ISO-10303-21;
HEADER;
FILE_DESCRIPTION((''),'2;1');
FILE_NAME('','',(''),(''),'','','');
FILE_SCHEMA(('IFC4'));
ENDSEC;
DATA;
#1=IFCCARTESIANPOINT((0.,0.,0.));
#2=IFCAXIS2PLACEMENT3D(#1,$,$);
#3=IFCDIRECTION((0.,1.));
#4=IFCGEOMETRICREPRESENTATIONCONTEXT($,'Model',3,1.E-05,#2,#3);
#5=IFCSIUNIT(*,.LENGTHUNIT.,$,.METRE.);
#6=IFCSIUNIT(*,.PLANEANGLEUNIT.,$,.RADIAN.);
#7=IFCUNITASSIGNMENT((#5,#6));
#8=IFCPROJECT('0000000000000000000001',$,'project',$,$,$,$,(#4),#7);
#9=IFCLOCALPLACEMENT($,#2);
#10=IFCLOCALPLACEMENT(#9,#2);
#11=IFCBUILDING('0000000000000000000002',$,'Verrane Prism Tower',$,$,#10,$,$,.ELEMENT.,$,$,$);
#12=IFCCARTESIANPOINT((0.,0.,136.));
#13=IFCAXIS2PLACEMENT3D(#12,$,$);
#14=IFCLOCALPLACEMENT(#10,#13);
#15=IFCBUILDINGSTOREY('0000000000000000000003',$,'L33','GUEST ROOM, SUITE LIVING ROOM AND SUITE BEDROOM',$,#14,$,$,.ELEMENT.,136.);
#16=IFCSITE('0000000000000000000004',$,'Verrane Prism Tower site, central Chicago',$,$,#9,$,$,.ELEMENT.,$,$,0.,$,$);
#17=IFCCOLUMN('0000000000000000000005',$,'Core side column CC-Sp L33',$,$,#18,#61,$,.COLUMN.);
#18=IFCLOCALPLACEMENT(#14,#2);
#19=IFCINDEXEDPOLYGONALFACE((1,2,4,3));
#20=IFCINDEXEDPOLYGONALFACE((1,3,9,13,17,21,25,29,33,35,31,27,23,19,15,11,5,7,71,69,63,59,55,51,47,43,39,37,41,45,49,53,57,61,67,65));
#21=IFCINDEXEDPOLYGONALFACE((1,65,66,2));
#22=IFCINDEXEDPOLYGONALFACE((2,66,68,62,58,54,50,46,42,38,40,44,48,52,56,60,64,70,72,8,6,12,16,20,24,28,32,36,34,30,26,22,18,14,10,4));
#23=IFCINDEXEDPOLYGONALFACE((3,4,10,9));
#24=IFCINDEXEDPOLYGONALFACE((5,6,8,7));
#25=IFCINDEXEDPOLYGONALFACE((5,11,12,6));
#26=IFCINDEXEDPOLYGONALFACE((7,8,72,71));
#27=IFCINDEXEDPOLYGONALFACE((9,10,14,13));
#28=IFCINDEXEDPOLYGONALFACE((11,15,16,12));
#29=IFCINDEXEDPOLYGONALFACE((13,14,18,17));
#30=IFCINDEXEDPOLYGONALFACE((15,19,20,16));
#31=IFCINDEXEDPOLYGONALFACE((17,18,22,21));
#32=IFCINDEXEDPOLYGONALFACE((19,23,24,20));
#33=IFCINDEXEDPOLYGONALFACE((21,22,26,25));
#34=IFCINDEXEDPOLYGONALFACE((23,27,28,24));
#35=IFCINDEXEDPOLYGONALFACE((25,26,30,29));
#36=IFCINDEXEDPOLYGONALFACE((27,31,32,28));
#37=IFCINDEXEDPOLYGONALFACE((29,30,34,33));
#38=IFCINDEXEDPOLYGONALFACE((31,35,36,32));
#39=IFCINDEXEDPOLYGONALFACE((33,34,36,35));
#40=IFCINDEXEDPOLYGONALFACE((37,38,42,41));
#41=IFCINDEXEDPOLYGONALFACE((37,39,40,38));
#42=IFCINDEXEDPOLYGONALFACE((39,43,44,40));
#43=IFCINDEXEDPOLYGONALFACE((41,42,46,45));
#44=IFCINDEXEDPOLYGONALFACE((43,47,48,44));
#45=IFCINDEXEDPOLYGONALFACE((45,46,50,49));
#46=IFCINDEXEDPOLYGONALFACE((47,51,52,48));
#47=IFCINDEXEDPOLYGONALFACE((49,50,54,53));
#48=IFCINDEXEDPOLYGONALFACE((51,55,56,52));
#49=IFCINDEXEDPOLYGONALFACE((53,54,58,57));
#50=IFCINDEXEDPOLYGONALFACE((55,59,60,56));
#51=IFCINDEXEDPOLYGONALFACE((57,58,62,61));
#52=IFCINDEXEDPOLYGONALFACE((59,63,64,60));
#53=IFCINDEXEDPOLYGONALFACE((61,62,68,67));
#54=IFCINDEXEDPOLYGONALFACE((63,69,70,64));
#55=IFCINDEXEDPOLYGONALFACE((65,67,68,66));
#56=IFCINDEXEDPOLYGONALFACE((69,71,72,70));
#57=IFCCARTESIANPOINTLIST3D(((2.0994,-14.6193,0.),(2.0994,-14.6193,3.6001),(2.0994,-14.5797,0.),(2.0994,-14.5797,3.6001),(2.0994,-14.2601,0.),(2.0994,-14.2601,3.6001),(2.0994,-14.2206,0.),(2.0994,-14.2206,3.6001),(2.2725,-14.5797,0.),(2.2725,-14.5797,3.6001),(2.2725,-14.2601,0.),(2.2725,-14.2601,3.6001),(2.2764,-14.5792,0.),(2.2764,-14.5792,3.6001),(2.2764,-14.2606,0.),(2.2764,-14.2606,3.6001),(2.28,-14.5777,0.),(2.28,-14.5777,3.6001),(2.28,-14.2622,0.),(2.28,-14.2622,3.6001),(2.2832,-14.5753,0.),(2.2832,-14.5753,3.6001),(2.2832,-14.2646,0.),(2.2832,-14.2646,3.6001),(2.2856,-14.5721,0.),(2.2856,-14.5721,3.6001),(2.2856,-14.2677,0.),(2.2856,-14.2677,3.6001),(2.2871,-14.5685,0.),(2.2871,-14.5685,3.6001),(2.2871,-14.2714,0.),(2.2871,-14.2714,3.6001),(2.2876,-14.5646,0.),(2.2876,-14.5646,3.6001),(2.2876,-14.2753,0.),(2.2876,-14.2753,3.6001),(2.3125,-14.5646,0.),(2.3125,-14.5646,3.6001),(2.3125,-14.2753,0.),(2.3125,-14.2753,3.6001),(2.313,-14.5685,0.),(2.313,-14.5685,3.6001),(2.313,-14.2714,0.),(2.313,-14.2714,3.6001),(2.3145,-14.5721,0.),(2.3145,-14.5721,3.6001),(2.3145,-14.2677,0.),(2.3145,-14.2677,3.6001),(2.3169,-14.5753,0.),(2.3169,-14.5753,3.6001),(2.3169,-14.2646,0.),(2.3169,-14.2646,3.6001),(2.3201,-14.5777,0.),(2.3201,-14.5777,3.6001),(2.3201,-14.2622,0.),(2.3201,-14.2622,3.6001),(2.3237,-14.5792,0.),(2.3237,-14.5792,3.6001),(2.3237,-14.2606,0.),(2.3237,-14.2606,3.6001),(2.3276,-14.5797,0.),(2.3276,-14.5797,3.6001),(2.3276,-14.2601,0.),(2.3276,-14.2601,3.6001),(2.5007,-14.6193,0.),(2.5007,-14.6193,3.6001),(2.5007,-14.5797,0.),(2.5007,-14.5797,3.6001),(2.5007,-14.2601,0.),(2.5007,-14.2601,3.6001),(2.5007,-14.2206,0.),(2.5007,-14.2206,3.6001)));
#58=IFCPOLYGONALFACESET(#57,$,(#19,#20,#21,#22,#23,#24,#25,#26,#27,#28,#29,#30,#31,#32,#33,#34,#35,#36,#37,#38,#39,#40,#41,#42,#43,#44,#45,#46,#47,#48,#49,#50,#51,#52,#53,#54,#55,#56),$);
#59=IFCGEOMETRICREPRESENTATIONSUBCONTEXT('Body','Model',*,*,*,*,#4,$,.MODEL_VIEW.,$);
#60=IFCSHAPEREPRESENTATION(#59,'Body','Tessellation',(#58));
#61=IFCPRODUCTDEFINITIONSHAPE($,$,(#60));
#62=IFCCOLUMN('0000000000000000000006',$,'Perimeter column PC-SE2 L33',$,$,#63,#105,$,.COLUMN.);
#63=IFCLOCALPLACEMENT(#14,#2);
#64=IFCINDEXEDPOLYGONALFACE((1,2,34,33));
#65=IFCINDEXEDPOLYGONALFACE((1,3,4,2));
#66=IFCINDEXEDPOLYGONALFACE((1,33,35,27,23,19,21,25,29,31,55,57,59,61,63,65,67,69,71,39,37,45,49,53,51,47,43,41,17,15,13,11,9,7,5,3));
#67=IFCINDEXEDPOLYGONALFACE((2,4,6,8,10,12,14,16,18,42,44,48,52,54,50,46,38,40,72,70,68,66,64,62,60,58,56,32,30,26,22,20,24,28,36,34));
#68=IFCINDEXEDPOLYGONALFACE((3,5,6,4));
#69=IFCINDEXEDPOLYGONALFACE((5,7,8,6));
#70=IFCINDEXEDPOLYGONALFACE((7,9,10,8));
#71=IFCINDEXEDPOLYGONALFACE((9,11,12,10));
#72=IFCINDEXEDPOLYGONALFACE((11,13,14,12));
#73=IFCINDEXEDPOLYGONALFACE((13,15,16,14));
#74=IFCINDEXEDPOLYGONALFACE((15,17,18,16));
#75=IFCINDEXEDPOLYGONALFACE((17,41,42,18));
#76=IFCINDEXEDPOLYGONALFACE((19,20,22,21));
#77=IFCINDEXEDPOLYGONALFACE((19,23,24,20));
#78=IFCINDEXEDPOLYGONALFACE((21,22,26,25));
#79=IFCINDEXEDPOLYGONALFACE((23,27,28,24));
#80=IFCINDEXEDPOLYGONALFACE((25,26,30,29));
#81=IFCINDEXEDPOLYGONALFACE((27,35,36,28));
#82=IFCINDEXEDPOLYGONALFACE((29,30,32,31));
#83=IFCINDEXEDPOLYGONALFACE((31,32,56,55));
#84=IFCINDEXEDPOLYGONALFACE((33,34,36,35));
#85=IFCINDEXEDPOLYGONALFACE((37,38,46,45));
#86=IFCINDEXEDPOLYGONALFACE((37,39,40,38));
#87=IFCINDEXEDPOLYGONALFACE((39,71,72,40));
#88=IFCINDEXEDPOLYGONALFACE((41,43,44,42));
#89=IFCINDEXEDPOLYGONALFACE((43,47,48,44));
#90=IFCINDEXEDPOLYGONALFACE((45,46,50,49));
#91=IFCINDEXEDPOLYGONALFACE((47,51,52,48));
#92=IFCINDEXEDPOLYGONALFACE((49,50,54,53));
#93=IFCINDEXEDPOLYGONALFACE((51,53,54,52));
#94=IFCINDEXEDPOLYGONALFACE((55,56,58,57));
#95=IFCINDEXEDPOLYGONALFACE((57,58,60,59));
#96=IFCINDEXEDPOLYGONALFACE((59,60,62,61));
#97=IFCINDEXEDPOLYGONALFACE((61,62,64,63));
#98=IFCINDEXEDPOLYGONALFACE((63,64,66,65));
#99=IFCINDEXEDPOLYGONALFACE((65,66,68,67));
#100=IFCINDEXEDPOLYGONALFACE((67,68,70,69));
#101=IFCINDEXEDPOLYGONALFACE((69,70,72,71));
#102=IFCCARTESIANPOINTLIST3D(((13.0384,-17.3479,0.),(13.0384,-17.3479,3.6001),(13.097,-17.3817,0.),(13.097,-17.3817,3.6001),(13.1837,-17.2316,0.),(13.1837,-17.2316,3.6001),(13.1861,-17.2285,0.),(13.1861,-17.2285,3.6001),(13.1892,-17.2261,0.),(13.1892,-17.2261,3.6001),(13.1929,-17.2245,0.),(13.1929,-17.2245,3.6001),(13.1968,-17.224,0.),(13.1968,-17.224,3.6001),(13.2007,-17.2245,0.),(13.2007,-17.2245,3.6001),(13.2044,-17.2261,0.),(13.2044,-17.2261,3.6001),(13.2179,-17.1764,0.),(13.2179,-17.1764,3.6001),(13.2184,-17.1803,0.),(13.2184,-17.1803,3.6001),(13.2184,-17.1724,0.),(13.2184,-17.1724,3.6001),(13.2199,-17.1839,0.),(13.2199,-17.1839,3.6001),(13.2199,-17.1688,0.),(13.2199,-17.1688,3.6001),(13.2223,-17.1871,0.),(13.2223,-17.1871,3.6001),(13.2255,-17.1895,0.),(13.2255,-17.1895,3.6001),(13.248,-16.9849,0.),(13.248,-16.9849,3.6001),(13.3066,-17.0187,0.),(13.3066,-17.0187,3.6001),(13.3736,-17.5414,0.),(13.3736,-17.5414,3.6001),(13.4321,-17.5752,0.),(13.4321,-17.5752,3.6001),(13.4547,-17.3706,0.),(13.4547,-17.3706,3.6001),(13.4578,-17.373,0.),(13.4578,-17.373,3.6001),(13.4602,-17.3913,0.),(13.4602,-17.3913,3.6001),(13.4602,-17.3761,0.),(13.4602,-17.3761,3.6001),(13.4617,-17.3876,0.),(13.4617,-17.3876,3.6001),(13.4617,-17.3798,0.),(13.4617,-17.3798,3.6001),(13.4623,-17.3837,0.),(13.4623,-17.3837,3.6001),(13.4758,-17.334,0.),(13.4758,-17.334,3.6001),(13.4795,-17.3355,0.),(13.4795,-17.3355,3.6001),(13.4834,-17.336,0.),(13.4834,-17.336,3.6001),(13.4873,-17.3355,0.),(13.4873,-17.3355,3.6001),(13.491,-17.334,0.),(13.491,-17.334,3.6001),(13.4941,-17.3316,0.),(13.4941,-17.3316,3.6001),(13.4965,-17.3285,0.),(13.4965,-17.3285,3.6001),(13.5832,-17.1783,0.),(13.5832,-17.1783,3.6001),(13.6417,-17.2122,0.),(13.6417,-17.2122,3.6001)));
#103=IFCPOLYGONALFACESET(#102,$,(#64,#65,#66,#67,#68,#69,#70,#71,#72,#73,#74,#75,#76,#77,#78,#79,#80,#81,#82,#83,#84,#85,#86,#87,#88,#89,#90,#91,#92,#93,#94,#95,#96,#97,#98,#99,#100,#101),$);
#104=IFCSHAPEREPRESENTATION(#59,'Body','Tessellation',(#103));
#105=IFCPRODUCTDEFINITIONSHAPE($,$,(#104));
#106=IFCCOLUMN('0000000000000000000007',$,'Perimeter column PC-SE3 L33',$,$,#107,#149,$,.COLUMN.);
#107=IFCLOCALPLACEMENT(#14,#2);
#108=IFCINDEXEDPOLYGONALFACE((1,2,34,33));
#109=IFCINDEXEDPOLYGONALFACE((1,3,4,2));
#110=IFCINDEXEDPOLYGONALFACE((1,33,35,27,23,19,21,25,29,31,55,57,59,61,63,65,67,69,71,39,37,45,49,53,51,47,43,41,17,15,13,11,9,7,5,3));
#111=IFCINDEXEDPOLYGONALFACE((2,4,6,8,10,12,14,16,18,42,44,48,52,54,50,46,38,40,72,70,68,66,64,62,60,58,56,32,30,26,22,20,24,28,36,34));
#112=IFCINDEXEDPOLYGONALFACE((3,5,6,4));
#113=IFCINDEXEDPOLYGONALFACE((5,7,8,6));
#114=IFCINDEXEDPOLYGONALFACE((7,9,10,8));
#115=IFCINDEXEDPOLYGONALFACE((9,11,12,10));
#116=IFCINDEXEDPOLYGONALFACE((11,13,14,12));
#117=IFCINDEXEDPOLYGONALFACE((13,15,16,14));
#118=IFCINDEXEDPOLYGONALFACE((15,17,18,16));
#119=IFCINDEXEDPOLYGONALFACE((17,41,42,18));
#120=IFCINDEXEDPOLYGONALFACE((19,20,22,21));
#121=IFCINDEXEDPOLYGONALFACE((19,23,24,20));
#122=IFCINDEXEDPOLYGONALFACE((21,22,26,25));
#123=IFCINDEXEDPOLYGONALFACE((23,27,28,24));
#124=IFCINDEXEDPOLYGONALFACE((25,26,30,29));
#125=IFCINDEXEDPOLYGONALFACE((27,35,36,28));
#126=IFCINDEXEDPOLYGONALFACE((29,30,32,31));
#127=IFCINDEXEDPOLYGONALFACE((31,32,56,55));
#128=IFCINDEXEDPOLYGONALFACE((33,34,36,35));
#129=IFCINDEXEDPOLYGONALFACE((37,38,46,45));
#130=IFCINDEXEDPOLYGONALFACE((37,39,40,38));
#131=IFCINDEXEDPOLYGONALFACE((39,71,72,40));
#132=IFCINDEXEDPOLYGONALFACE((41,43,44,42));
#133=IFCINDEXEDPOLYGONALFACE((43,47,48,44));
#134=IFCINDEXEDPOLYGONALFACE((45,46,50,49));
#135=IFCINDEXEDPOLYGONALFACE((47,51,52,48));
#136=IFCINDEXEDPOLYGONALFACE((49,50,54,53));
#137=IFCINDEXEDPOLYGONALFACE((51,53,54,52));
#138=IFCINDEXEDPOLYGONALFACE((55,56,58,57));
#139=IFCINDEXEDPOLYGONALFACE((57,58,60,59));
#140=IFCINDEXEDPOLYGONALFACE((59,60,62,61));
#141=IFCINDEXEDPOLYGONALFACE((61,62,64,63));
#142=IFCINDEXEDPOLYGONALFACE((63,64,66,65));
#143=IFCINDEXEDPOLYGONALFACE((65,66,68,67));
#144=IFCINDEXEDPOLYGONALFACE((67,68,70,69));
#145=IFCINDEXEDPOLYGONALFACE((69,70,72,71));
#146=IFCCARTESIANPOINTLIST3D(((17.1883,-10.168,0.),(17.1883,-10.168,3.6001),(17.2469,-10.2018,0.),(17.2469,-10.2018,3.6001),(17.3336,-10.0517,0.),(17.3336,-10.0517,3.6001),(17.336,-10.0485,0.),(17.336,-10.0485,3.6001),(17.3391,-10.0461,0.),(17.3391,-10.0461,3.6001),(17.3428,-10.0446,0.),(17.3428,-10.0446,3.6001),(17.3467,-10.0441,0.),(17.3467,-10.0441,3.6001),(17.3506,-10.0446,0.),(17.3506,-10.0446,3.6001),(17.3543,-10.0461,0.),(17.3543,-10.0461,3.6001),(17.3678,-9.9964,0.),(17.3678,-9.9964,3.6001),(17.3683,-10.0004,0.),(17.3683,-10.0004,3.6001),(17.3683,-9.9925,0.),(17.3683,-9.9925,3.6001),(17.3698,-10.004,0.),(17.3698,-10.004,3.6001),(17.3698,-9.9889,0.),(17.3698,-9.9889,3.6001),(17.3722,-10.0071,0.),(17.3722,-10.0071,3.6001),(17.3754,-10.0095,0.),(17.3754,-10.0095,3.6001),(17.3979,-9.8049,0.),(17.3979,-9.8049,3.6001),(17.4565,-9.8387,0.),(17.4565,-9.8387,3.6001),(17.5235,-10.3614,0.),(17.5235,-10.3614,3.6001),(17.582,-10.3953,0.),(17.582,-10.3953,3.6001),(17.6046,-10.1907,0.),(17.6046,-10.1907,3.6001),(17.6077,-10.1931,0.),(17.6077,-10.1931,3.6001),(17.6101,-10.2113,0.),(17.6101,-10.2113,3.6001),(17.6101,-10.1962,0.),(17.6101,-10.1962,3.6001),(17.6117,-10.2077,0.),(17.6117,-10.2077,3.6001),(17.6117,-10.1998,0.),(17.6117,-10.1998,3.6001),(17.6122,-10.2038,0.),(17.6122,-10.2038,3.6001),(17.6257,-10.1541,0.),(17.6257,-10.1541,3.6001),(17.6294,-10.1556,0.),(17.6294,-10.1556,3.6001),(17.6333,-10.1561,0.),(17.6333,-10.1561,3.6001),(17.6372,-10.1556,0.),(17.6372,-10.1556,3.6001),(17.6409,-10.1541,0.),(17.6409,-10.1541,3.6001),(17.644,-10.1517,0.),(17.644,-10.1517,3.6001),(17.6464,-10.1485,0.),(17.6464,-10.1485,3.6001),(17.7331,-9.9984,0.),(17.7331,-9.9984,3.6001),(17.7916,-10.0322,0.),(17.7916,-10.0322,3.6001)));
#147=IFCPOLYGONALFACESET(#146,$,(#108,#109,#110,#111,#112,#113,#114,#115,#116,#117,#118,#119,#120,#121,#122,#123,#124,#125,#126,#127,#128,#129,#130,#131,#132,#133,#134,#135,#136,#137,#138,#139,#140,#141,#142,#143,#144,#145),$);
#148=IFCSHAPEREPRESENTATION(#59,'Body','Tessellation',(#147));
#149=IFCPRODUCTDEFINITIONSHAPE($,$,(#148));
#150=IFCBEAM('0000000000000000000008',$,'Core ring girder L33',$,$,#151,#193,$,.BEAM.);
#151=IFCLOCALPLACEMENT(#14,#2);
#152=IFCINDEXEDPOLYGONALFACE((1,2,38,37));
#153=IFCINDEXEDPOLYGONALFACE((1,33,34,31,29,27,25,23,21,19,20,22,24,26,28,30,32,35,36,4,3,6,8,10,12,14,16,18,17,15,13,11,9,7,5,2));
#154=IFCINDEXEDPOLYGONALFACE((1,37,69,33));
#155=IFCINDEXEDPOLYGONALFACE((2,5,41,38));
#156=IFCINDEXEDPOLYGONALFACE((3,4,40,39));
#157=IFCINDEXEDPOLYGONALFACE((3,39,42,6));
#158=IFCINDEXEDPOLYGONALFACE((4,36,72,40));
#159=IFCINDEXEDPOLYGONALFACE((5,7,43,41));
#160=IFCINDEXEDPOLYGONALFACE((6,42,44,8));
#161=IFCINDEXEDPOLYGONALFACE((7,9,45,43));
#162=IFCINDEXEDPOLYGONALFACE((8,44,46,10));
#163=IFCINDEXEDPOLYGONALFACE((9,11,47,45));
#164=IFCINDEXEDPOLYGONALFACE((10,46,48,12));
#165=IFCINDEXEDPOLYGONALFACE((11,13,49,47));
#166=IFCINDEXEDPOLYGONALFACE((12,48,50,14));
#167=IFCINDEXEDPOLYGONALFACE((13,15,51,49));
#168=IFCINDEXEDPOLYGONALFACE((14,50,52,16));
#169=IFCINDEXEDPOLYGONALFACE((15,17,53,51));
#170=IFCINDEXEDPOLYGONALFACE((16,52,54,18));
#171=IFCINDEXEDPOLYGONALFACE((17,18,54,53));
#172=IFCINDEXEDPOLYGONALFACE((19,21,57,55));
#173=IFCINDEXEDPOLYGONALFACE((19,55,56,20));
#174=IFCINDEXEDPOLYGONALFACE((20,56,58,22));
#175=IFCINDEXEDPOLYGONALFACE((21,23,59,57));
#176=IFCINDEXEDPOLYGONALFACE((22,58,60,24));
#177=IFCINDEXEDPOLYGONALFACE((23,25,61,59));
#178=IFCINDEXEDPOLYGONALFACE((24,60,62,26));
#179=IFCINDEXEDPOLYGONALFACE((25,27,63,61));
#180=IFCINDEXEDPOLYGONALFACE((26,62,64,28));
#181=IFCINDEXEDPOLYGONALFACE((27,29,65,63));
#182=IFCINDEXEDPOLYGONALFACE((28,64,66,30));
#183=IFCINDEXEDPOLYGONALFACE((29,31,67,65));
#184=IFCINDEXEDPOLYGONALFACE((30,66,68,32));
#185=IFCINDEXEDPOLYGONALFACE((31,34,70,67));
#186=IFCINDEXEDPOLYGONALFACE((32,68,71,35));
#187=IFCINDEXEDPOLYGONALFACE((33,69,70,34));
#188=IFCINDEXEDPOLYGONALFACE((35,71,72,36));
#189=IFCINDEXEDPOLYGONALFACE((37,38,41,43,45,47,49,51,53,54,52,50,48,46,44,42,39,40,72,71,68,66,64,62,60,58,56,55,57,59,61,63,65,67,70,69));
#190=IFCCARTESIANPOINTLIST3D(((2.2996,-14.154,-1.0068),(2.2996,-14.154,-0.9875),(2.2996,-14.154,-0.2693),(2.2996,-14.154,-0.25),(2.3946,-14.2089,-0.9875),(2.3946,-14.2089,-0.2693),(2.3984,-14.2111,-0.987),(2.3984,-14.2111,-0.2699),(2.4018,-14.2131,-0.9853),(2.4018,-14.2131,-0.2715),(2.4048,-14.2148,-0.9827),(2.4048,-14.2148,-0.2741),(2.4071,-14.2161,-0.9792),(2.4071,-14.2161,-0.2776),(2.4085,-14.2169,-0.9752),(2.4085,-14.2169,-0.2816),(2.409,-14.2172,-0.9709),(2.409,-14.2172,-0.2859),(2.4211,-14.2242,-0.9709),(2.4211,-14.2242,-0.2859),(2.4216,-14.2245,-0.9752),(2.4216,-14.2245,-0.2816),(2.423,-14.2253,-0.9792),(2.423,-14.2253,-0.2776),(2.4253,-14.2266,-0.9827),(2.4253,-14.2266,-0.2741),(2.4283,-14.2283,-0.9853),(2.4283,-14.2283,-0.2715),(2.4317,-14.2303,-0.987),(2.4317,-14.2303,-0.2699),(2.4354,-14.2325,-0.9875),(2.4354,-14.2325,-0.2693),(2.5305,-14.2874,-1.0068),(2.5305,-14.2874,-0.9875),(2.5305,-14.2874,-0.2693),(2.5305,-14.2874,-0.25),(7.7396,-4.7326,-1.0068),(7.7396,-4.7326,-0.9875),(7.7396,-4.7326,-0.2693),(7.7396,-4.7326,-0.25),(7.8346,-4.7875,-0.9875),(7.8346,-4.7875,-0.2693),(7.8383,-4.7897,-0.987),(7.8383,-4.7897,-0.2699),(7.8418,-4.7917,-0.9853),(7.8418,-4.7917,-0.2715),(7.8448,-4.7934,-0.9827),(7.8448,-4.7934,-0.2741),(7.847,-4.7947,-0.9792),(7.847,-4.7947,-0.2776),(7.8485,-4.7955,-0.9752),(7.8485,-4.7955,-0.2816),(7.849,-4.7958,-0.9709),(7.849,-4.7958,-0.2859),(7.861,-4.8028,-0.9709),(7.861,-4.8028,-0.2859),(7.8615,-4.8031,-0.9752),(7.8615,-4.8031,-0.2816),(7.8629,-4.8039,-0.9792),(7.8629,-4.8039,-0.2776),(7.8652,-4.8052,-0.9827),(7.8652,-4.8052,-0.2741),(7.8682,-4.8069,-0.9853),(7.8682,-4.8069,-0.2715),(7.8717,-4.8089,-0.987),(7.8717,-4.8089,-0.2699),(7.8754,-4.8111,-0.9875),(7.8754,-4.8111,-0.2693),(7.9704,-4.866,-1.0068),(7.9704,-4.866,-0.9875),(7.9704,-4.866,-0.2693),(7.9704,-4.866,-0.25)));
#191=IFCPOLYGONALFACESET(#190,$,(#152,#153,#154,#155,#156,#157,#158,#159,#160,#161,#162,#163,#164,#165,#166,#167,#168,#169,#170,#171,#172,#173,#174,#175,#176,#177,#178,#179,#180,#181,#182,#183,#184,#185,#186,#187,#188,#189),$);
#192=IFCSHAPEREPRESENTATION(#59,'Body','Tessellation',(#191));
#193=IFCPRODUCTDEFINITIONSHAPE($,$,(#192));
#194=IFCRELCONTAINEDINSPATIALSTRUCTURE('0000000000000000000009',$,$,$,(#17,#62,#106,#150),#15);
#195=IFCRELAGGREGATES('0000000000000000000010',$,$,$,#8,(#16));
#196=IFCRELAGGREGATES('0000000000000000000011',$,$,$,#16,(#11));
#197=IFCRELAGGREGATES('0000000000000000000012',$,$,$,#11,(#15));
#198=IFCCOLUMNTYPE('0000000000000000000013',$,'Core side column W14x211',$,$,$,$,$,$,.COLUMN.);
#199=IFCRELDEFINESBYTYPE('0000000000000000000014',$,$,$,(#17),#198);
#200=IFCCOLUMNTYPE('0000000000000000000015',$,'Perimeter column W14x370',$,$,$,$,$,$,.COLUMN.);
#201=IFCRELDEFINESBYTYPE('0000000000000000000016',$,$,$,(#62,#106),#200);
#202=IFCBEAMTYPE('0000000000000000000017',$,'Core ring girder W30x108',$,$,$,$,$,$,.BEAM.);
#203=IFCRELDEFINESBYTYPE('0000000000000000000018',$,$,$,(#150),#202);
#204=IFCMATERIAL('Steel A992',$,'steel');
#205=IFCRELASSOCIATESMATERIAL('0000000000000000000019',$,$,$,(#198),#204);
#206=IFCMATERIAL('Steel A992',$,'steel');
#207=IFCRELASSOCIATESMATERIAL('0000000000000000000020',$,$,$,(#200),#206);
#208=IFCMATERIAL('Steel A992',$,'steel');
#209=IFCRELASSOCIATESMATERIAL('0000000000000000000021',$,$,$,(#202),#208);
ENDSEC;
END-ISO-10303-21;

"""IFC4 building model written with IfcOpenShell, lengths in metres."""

from ifc_helpers import new_model, si_unit, direction, frame, origin, origin_2d, place, context, subcontext, project, spatial, i_section, extrude, material, material_profile, profile_set, type_object, element, save


model = new_model("IFC4")

# Units and contexts
model_context = context("Model", 3, precision=1e-05, world=origin(), true_north=direction((0.0, 1.0)))
body_context = subcontext(model_context, "Body", "Model", "MODEL_VIEW")
ifc_project = project(units=[si_unit("LENGTHUNIT", "METRE"), si_unit("PLANEANGLEUNIT", "RADIAN")], contexts=[model_context])

# Site, building, storey
site_placement = place(None, origin())
site = spatial("IfcSite", under=ifc_project, at=site_placement, Name="Verrane Prism Tower site, central Chicago", CompositionType="ELEMENT", RefElevation=0.0)
building_placement = place(site_placement, origin())
building = spatial("IfcBuilding", under=site, at=building_placement, Name="Verrane Prism Tower", CompositionType="ELEMENT")
storey_placement = place(building_placement, frame((0.0, 0.0, 136.0)))
storey = spatial("IfcBuildingStorey", under=building, at=storey_placement, Name="L33", Description="GUEST ROOM, SUITE LIVING ROOM AND SUITE BEDROOM", CompositionType="ELEMENT", Elevation=136.0)

# Columns
ifc_material_1 = material(Name="Steel A992", Category="steel")
ifc_material_profile_1 = material_profile(ifc_material_1, i_section(OverallWidth=0.4014, OverallDepth=0.3987, WebThickness=0.0249, FlangeThickness=0.0396, FilletRadius=0.0151, at=origin_2d()), Name="W14x211")
ifc_profile_set_1 = profile_set([ifc_material_profile_1], Name="Steel A992")
column_type_1 = type_object("IfcColumnType", Name="Core side column W14x211", PredefinedType="COLUMN", material=ifc_profile_set_1)
column_placement = place(storey_placement, frame((2.3, -14.4199, 0.0), z_axis=(0.0, 0.0, 1.0), x_axis=(1.0, 0.0, 0.0)))
element("IfcColumn", 1, at=column_placement, inside=storey, type_object=column_type_1, Name="Core side column CC-Sp L33", PredefinedType="COLUMN", context=body_context, shape_type="SweptSolid", body=[
    extrude(i_section(OverallWidth=0.4014, OverallDepth=0.3987, WebThickness=0.0249, FlangeThickness=0.0396, FilletRadius=0.0151, at=origin_2d()), origin(), (0.0, 0.0, 1.0), 3.6001),
])
ifc_material_2 = material(Name="Steel A992", Category="steel")
ifc_material_profile_2 = material_profile(ifc_material_2, i_section(OverallWidth=0.4192, OverallDepth=0.4546, WebThickness=0.0422, FlangeThickness=0.0676, FilletRadius=0.0151, at=origin_2d()), Name="W14x370")
ifc_profile_set_2 = profile_set([ifc_material_profile_2], Name="Steel A992")
column_type_2 = type_object("IfcColumnType", Name="Perimeter column W14x370", PredefinedType="COLUMN", material=ifc_profile_set_2)
for number, where, z_axis, x_axis, name in (
    (2, (13.3401, -17.28, 0.0), (0.0, 0.0, 1.0), (-0.5, -0.866025, 0.0), "Perimeter column PC-SE2 L33"),
    (3, (17.49, -10.1001, 0.0), (0.0, 0.0, 1.0), (-0.5, -0.866025, 0.0), "Perimeter column PC-SE3 L33"),
):
    element("IfcColumn", number, at=place(storey_placement, frame(where, z_axis=z_axis, x_axis=x_axis)), inside=storey, type_object=column_type_2, Name=name, PredefinedType="COLUMN", context=body_context, shape_type="SweptSolid", body=[
        extrude(i_section(OverallWidth=0.4192, OverallDepth=0.4546, WebThickness=0.0422, FlangeThickness=0.0676, FilletRadius=0.0151, at=origin_2d()), origin(), (0.0, 0.0, 1.0), 3.6001),
    ])

# Beam
ifc_material_3 = material(Name="Steel A992", Category="steel")
ifc_material_profile_3 = material_profile(ifc_material_3, i_section(OverallWidth=0.2666, OverallDepth=0.7568, WebThickness=0.0139, FlangeThickness=0.0193, FilletRadius=0.0166, at=origin_2d()), Name="W30x108")
ifc_profile_set_3 = profile_set([ifc_material_profile_3], Name="Steel A992")
beam_type_1 = type_object("IfcBeamType", Name="Core ring girder W30x108", PredefinedType="BEAM", material=ifc_profile_set_3)
beam_1_placement = place(storey_placement, frame((2.415, -14.2207, -0.6284), z_axis=(0.500035, 0.866005, 0.0), x_axis=(-0.866005, 0.500035, 0.0)))
element("IfcBeam", 4, at=beam_1_placement, inside=storey, type_object=beam_type_1, Name="Core ring girder L33", PredefinedType="BEAM", context=body_context, shape_type="SweptSolid", body=[
    extrude(i_section(OverallWidth=0.2666, OverallDepth=0.7568, WebThickness=0.0139, FlangeThickness=0.0193, FilletRadius=0.0166, at=origin_2d()), origin(), (0.0, 0.0, 1.0), 10.8792),
])

save(model, "model.ifc")
